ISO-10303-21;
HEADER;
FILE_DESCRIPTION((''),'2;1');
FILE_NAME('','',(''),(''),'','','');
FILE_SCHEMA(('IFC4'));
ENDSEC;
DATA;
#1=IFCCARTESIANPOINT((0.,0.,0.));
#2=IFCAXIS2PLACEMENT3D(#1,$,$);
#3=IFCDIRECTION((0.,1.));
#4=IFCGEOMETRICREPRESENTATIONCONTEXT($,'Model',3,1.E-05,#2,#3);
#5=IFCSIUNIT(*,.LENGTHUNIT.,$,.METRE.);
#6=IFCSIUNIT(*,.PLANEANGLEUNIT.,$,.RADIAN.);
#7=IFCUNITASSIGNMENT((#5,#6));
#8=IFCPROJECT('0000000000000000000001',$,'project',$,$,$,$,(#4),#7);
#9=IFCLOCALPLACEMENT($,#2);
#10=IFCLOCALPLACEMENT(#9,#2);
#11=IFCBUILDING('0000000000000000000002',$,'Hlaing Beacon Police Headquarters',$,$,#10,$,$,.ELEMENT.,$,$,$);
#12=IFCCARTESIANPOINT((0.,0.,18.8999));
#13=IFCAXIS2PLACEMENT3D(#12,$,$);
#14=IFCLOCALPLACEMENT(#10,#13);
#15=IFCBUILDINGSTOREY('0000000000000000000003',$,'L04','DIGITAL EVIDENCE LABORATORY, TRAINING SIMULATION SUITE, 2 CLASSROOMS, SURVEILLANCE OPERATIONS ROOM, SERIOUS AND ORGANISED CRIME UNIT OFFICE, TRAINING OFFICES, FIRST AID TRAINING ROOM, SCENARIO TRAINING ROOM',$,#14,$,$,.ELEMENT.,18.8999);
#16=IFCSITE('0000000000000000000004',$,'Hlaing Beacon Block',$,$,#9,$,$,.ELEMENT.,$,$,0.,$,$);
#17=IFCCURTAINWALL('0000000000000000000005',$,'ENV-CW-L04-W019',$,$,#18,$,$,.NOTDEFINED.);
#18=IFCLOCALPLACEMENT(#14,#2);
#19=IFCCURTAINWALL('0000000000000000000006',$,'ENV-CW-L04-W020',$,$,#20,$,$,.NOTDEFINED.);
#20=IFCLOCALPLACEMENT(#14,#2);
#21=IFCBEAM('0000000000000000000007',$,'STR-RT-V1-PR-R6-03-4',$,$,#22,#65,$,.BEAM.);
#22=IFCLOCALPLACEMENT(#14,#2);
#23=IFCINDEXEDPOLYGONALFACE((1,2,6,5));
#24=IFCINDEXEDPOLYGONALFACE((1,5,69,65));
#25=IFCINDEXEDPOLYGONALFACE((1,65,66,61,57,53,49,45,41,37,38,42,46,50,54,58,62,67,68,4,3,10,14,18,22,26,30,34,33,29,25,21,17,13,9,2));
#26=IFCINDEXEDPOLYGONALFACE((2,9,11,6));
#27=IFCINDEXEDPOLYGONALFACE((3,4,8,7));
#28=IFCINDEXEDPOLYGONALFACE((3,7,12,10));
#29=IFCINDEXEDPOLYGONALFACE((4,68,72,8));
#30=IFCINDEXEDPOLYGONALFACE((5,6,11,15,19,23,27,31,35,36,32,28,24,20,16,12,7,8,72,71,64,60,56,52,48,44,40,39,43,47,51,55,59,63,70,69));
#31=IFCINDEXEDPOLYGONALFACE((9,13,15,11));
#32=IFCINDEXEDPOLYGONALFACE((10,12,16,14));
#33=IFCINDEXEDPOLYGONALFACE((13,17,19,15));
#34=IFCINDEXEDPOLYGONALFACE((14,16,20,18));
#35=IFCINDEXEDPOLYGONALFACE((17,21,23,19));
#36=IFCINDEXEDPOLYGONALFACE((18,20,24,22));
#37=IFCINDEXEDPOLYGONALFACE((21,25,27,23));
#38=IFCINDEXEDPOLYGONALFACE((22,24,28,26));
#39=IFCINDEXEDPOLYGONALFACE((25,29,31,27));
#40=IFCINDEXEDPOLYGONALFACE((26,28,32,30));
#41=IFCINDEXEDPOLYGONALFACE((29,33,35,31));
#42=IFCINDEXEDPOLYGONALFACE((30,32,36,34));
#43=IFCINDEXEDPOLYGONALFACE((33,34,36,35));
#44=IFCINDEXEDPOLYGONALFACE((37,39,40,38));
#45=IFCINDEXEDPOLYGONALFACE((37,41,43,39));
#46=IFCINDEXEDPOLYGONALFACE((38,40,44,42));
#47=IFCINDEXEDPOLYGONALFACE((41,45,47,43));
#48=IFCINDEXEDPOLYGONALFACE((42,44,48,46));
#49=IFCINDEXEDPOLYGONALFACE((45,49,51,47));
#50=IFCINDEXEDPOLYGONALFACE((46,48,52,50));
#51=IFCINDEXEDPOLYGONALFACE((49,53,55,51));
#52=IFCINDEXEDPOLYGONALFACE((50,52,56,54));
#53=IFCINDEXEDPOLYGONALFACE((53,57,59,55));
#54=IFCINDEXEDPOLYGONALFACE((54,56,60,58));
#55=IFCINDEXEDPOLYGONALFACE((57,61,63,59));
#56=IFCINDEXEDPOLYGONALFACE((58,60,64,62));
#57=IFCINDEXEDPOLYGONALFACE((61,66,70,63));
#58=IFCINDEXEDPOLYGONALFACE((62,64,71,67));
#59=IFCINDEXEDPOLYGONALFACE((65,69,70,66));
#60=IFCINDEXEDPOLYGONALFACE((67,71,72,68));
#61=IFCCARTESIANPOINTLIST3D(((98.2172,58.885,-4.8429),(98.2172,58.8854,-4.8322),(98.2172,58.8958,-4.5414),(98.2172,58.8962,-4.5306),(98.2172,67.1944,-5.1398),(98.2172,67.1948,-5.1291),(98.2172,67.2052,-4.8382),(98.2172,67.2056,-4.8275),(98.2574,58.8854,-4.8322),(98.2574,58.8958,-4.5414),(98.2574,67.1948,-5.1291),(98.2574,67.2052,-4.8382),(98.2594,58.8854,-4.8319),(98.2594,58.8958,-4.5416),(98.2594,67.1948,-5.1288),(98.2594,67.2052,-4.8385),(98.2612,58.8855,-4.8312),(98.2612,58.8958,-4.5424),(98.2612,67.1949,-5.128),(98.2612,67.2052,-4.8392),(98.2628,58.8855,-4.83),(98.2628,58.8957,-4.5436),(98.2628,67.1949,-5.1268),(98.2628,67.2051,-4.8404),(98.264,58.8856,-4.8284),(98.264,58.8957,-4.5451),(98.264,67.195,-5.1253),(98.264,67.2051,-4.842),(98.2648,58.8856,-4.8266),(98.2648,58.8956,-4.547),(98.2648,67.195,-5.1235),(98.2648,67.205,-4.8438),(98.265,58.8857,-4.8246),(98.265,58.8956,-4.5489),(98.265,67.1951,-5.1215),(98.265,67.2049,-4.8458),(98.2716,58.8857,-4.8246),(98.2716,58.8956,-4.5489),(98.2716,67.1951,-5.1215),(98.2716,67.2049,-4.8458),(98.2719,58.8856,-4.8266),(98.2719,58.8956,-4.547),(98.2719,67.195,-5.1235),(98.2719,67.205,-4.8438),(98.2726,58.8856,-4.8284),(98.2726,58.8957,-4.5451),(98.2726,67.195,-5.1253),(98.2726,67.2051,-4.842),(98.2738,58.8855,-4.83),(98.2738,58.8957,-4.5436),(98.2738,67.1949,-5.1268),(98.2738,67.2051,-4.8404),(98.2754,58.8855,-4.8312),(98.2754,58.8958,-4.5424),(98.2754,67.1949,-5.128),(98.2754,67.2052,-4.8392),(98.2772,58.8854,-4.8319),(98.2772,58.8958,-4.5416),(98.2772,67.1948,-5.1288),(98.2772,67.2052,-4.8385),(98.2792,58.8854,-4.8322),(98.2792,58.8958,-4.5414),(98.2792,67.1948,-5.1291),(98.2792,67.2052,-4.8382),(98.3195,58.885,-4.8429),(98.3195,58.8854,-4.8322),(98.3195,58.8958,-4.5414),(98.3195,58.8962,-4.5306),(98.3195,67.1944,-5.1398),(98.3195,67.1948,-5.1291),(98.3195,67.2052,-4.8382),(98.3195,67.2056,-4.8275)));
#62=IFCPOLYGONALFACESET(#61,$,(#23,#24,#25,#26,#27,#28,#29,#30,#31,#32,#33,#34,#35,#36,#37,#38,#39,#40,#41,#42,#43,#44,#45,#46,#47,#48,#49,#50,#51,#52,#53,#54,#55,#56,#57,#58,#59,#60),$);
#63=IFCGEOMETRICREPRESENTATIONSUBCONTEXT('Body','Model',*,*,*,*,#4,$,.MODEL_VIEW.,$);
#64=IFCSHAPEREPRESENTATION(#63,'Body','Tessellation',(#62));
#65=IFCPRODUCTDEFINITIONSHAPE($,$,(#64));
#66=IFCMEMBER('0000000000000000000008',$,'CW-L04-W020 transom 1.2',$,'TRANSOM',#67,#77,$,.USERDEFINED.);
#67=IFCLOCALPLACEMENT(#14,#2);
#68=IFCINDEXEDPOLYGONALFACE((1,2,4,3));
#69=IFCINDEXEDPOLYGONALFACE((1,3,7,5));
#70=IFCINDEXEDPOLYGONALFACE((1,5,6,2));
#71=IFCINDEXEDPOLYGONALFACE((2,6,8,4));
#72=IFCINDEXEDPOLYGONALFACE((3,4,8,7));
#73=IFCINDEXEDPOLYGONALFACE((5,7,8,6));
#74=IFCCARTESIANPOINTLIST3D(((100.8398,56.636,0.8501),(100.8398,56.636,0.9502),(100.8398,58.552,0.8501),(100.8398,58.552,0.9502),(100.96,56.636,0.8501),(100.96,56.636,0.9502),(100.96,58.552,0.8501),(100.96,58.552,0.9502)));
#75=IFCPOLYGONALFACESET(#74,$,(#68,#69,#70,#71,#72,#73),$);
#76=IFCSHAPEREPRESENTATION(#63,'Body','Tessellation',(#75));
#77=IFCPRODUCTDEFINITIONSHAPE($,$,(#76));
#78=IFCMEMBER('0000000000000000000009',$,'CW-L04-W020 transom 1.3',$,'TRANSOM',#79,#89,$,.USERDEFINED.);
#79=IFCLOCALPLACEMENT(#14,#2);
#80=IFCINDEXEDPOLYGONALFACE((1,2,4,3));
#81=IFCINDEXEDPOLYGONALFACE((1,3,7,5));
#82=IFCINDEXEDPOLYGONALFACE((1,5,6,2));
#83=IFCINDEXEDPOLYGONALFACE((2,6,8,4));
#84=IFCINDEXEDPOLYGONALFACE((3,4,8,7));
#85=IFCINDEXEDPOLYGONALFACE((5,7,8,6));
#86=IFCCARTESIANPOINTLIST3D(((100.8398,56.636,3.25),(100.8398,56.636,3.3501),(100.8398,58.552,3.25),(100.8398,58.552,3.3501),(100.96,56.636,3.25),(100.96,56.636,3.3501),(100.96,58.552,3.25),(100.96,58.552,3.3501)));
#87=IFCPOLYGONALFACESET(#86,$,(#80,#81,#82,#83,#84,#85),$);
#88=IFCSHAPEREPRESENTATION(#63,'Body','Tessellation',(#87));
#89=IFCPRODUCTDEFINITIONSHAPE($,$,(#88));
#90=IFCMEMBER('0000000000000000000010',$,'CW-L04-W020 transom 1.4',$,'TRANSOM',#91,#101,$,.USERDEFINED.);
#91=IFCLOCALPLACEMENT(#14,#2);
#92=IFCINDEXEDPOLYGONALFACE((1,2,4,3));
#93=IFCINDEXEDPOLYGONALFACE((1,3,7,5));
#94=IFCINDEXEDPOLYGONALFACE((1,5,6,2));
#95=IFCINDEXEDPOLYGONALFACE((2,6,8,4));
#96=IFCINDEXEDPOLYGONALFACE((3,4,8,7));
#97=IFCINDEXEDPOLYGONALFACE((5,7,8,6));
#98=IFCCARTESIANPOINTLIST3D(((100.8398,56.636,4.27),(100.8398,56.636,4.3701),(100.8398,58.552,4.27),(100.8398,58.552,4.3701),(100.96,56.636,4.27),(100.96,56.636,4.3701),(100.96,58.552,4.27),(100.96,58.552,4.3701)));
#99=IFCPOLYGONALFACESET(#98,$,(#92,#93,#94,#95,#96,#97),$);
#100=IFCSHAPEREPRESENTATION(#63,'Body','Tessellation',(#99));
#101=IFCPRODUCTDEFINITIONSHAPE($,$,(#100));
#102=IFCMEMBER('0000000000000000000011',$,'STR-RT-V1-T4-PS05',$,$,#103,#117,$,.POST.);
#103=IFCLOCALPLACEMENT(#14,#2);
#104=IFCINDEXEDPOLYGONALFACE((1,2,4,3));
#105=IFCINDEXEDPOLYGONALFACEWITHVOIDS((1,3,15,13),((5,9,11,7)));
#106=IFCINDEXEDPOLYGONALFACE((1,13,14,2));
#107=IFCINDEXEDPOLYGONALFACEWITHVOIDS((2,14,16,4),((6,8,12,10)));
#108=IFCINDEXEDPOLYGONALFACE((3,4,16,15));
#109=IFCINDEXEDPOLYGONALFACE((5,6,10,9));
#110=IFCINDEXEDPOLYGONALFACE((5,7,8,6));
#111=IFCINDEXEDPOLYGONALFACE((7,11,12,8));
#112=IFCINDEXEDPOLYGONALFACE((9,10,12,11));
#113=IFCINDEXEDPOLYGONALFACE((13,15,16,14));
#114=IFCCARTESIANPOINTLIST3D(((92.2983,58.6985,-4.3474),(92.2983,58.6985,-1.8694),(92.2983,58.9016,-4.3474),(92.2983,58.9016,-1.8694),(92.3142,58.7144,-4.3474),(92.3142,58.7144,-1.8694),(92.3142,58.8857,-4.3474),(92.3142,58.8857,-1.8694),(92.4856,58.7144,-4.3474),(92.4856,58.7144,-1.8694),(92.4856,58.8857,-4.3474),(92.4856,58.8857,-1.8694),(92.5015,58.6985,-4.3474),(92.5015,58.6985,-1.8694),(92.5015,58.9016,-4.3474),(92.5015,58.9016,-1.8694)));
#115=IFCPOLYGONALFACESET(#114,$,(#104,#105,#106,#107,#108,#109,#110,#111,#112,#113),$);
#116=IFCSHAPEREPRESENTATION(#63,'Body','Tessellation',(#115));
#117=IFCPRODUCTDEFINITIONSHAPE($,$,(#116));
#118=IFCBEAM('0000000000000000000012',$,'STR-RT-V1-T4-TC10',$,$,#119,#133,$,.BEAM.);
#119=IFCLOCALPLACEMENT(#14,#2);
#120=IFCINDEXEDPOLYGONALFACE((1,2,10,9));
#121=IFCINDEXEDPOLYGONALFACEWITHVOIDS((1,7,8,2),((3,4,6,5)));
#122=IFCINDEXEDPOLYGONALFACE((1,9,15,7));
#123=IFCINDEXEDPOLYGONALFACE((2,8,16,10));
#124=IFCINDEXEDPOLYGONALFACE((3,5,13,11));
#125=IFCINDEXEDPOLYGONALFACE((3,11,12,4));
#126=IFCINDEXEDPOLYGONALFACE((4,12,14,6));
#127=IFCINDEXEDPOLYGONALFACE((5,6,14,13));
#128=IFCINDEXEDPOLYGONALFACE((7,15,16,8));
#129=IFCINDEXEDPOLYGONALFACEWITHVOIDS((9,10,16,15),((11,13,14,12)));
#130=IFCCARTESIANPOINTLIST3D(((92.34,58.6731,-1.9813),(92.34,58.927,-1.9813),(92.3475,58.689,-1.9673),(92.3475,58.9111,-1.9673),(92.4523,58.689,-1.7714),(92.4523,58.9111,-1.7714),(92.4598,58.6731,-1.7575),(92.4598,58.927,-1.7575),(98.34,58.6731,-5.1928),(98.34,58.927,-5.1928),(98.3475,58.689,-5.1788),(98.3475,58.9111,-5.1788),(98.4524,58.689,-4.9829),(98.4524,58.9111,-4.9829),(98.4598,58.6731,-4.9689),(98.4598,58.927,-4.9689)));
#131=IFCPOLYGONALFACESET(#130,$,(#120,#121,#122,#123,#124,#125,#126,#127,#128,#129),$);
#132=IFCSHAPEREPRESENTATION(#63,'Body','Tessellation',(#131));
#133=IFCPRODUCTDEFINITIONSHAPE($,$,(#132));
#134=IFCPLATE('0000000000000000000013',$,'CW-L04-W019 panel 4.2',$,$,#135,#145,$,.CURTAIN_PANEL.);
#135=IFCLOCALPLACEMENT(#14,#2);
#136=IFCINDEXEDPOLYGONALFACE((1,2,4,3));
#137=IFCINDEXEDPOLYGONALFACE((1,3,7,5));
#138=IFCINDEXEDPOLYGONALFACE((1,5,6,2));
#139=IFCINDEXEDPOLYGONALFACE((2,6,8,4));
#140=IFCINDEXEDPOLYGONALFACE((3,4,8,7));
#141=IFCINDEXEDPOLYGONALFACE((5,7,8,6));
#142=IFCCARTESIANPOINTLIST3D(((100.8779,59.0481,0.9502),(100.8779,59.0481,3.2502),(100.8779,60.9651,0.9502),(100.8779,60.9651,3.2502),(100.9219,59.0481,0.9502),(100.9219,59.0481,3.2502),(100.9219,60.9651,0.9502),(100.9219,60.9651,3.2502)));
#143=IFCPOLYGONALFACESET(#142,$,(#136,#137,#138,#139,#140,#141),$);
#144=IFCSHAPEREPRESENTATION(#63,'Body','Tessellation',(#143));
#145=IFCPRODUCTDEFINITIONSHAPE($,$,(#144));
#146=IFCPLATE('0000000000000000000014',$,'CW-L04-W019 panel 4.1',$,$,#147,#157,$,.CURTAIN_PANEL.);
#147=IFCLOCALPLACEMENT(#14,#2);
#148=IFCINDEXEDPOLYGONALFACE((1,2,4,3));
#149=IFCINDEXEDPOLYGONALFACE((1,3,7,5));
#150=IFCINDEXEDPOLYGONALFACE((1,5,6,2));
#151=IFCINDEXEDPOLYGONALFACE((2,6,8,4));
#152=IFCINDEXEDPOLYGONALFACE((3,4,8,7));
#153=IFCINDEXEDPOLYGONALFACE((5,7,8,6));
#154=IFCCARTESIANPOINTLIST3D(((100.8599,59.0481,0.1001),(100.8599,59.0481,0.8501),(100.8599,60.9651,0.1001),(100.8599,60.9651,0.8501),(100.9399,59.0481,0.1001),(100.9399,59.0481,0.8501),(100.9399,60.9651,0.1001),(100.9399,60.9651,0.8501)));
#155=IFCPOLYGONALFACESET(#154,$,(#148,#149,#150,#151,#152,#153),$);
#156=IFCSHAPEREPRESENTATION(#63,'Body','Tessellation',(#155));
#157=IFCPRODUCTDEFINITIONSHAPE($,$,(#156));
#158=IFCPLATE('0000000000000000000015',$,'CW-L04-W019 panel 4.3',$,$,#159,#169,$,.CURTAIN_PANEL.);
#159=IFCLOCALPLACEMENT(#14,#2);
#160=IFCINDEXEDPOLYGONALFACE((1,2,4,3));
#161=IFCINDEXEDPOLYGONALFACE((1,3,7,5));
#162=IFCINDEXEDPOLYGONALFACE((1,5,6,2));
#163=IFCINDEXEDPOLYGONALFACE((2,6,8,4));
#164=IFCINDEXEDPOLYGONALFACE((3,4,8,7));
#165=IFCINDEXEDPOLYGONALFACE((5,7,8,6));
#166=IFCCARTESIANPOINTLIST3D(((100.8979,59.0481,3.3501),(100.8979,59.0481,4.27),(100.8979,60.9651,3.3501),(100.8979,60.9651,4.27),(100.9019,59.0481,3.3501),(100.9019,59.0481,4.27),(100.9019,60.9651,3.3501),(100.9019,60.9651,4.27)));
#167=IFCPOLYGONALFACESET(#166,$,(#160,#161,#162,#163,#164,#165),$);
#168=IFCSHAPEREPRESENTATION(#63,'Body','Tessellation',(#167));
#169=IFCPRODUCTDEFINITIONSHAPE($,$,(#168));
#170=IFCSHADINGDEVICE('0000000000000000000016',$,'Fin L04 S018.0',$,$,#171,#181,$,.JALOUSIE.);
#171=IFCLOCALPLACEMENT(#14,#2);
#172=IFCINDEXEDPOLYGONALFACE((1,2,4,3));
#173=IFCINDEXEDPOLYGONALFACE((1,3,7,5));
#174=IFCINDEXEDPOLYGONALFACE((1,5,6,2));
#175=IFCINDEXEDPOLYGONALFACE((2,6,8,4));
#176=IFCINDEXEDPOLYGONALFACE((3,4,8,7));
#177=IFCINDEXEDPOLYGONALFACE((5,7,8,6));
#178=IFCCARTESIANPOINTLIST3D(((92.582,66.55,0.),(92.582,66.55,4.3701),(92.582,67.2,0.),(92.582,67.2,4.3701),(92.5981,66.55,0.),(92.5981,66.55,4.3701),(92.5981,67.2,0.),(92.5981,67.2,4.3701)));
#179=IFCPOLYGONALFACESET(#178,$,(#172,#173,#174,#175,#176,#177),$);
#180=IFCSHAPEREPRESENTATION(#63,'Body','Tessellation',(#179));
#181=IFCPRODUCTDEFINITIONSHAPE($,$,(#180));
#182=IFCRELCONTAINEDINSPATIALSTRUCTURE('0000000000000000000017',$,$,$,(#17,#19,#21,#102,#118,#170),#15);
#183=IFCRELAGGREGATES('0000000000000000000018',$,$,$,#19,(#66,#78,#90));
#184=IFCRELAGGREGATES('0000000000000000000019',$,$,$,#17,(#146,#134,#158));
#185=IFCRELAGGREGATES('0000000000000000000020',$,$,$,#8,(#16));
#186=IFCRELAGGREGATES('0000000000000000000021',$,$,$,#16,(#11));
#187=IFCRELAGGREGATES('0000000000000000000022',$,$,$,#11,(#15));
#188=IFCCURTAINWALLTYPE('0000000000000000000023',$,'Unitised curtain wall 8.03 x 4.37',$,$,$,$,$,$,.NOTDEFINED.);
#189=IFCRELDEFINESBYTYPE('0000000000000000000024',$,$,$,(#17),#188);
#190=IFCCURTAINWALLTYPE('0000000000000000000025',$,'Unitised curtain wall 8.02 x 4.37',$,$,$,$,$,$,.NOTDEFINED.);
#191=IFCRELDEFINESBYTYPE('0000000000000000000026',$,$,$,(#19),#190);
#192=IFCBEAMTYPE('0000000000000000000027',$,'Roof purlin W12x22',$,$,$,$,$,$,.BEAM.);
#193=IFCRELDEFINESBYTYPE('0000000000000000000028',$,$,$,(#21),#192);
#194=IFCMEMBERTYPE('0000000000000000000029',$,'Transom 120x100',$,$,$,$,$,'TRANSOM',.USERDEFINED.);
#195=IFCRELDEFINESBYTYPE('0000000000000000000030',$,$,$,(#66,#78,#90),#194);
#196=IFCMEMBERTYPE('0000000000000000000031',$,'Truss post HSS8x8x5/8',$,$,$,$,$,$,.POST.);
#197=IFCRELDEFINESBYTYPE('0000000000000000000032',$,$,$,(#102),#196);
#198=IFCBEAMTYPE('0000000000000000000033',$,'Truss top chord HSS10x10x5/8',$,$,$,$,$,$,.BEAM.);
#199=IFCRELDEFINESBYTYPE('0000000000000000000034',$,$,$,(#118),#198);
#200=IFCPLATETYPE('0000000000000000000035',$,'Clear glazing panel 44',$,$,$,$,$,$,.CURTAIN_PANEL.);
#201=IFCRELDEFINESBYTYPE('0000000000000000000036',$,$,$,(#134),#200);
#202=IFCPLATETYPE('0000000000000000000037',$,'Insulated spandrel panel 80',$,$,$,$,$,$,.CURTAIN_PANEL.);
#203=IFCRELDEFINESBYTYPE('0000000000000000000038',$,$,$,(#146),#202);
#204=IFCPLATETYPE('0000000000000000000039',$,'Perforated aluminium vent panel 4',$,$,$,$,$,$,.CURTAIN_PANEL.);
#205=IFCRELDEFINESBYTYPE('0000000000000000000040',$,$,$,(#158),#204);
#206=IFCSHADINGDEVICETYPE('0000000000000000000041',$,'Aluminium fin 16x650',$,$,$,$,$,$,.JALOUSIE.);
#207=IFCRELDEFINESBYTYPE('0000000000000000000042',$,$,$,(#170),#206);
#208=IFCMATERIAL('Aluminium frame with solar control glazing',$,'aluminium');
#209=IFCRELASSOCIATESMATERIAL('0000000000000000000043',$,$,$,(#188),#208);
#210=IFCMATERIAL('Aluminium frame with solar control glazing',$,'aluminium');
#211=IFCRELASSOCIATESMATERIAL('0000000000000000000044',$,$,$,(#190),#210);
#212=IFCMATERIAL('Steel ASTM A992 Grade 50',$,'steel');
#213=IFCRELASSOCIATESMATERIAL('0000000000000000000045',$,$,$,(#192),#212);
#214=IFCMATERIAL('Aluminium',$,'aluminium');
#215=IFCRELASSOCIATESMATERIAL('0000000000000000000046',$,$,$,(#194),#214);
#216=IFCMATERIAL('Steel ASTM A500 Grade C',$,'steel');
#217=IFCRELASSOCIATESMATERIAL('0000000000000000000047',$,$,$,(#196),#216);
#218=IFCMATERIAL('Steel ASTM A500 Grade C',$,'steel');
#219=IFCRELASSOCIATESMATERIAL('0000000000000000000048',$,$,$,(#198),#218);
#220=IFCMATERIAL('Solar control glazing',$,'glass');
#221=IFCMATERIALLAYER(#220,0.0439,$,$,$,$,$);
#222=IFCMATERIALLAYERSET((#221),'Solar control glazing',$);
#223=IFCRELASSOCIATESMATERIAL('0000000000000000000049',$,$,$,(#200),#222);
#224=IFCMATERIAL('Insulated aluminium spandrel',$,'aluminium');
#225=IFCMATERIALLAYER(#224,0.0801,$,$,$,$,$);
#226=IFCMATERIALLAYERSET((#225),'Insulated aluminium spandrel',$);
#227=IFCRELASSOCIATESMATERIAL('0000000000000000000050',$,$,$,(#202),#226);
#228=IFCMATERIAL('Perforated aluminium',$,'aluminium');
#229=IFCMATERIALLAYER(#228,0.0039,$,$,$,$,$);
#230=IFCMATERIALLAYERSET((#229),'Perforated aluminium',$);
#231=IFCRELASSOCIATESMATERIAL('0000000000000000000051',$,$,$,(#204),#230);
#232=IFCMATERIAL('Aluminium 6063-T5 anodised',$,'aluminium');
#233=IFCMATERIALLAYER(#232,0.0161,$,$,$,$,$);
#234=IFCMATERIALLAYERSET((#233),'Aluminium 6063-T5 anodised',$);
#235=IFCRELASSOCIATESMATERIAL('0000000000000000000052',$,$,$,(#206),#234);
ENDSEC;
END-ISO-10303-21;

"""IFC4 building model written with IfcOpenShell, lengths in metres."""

from ifc_helpers import new_model, si_unit, direction, frame, origin, origin_2d, place, context, subcontext, project, spatial, rectangle, hollow_rectangle, i_section, extrude, material, layer, layer_set, material_profile, profile_set, type_object, element, aggregate, save


model = new_model("IFC4")

# Units and contexts
model_context = context("Model", 3, precision=1e-05, world=origin(), true_north=direction((0.0, 1.0)))
body_context = subcontext(model_context, "Body", "Model", "MODEL_VIEW")
ifc_project = project(units=[si_unit("LENGTHUNIT", "METRE"), si_unit("PLANEANGLEUNIT", "RADIAN")], contexts=[model_context])

# Site, building, storey
site_placement = place(None, origin())
site = spatial("IfcSite", under=ifc_project, at=site_placement, Name="Hlaing Beacon Block", CompositionType="ELEMENT", RefElevation=0.0)
building_placement = place(site_placement, origin())
building = spatial("IfcBuilding", under=site, at=building_placement, Name="Hlaing Beacon Police Headquarters", CompositionType="ELEMENT")
storey_placement = place(building_placement, frame((0.0, 0.0, 18.8999)))
storey = spatial("IfcBuildingStorey", under=building, at=storey_placement, Name="L04", Description="DIGITAL EVIDENCE LABORATORY, TRAINING SIMULATION SUITE, 2 CLASSROOMS, SURVEILLANCE OPERATIONS ROOM, SERIOUS AND ORGANISED CRIME UNIT OFFICE, TRAINING OFFICES, FIRST AID TRAINING ROOM, SCENARIO TRAINING ROOM", CompositionType="ELEMENT", Elevation=18.8999)

# Curtain walls
ifc_material_1 = material(Name="Aluminium frame with solar control glazing", Category="aluminium")
curtain_wall_type_1 = type_object("IfcCurtainWallType", Name="Unitised curtain wall 8.03 x 4.37", PredefinedType="NOTDEFINED", material=ifc_material_1)
curtain_wall_1_placement = place(storey_placement, origin())
curtain_wall_1 = element("IfcCurtainWall", 1, at=curtain_wall_1_placement, inside=storey, type_object=curtain_wall_type_1, Name="ENV-CW-L04-W019", PredefinedType="NOTDEFINED")
ifc_material_2 = material(Name="Aluminium frame with solar control glazing", Category="aluminium")
curtain_wall_type_2 = type_object("IfcCurtainWallType", Name="Unitised curtain wall 8.02 x 4.37", PredefinedType="NOTDEFINED", material=ifc_material_2)
curtain_wall_2_placement = place(storey_placement, origin())
curtain_wall_2 = element("IfcCurtainWall", 2, at=curtain_wall_2_placement, inside=storey, type_object=curtain_wall_type_2, Name="ENV-CW-L04-W020", PredefinedType="NOTDEFINED")

# Beam
ifc_material_3 = material(Name="Steel ASTM A992 Grade 50", Category="steel")
ifc_material_profile_1 = material_profile(ifc_material_3, i_section(OverallWidth=0.1023, OverallDepth=0.3125, WebThickness=0.0066, FlangeThickness=0.0107, FilletRadius=0.0076, at=origin_2d()), Name="W12x22")
ifc_profile_set_1 = profile_set([ifc_material_profile_1], Name="Steel ASTM A992 Grade 50")
beam_type_1 = type_object("IfcBeamType", Name="Roof purlin W12x22", PredefinedType="BEAM", material=ifc_profile_set_1)
for number, where, z_axis, x_axis, name in (
    (3, (98.2683, 58.8906, -4.6868), (0.0, 0.999362, -0.035705), (-1.0, 0.0, 0.0), "STR-RT-V1-PR-R6-03-4"),
):
    element("IfcBeam", number, at=place(storey_placement, frame(where, z_axis=z_axis, x_axis=x_axis)), inside=storey, type_object=beam_type_1, Name=name, PredefinedType="BEAM", context=body_context, shape_type="SweptSolid", body=[
        extrude(i_section(OverallWidth=0.1023, OverallDepth=0.3125, WebThickness=0.0066, FlangeThickness=0.0107, FilletRadius=0.0076, at=origin_2d()), origin(), (0.0, 0.0, 1.0), 8.3147),
    ])

# Members
ifc_material_4 = material(Name="Aluminium", Category="aluminium")
ifc_material_profile_2 = material_profile(ifc_material_4, rectangle(XDim=0.1201, YDim=0.1001, at=origin_2d()), Name="Transom 120x100")
ifc_profile_set_2 = profile_set([ifc_material_profile_2], Name="Aluminium")
member_type_1 = type_object("IfcMemberType", Name="Transom 120x100", ElementType="TRANSOM", PredefinedType="USERDEFINED", material=ifc_profile_set_2)
member_1_placement = place(storey_placement, frame((100.8999, 58.552, 0.9001), z_axis=(0.0, -1.0, 0.0), x_axis=(1.0, 0.0, 0.0)))
member_1 = element("IfcMember", 4, at=member_1_placement, type_object=member_type_1, Name="CW-L04-W020 transom 1.2", ObjectType="TRANSOM", PredefinedType="USERDEFINED", context=body_context, shape_type="SweptSolid", body=[
    extrude(rectangle(XDim=0.1201, YDim=0.1001, at=origin_2d()), origin(), (0.0, 0.0, 1.0), 1.916),
])
member_2_placement = place(storey_placement, frame((100.8999, 58.552, 3.3), z_axis=(0.0, -1.0, 0.0), x_axis=(1.0, 0.0, 0.0)))
member_2 = element("IfcMember", 5, at=member_2_placement, type_object=member_type_1, Name="CW-L04-W020 transom 1.3", ObjectType="TRANSOM", PredefinedType="USERDEFINED", context=body_context, shape_type="SweptSolid", body=[
    extrude(rectangle(XDim=0.1201, YDim=0.1001, at=origin_2d()), origin(), (0.0, 0.0, 1.0), 1.916),
])
member_3_placement = place(storey_placement, frame((100.8999, 58.552, 4.3201), z_axis=(0.0, -1.0, 0.0), x_axis=(1.0, 0.0, 0.0)))
member_3 = element("IfcMember", 6, at=member_3_placement, type_object=member_type_1, Name="CW-L04-W020 transom 1.4", ObjectType="TRANSOM", PredefinedType="USERDEFINED", context=body_context, shape_type="SweptSolid", body=[
    extrude(rectangle(XDim=0.1201, YDim=0.1001, at=origin_2d()), origin(), (0.0, 0.0, 1.0), 1.916),
])
aggregate(curtain_wall_2, [member_1, member_2, member_3])
ifc_material_5 = material(Name="Steel ASTM A500 Grade C", Category="steel")
ifc_material_profile_3 = material_profile(ifc_material_5, hollow_rectangle(XDim=0.2031, YDim=0.2031, WallThickness=0.0159, at=origin_2d()), Name="HSS8x8x5/8")
ifc_profile_set_3 = profile_set([ifc_material_profile_3], Name="Steel ASTM A500 Grade C")
member_type_2 = type_object("IfcMemberType", Name="Truss post HSS8x8x5/8", PredefinedType="POST", material=ifc_profile_set_3)
member_4_placement = place(storey_placement, frame((92.3999, 58.8, -4.3474), z_axis=(0.0, 0.0, 1.0), x_axis=(1.0, 0.0, 0.0)))
element("IfcMember", 7, at=member_4_placement, inside=storey, type_object=member_type_2, Name="STR-RT-V1-T4-PS05", PredefinedType="POST", context=body_context, shape_type="SweptSolid", body=[
    extrude(hollow_rectangle(XDim=0.2031, YDim=0.2031, WallThickness=0.0159, at=origin_2d()), origin(), (0.0, 0.0, 1.0), 2.478),
])

# Beam
ifc_material_6 = material(Name="Steel ASTM A500 Grade C", Category="steel")
ifc_material_profile_4 = material_profile(ifc_material_6, hollow_rectangle(XDim=0.2539, YDim=0.2539, WallThickness=0.0159, at=origin_2d()), Name="HSS10x10x5/8")
ifc_profile_set_4 = profile_set([ifc_material_profile_4], Name="Steel ASTM A500 Grade C")
beam_type_2 = type_object("IfcBeamType", Name="Truss top chord HSS10x10x5/8", PredefinedType="BEAM", material=ifc_profile_set_4)
beam_1_placement = place(storey_placement, frame((92.3999, 58.8, -1.8694), z_axis=(0.881655, 0.0, -0.471895), x_axis=(0.0, 1.0, 0.0)))
element("IfcBeam", 8, at=beam_1_placement, inside=storey, type_object=beam_type_2, Name="STR-RT-V1-T4-TC10", PredefinedType="BEAM", context=body_context, shape_type="SweptSolid", body=[
    extrude(hollow_rectangle(XDim=0.2539, YDim=0.2539, WallThickness=0.0159, at=origin_2d()), origin(), (0.0, 0.0, 1.0), 6.8054),
])

# Plates
ifc_material_7 = material(Name="Solar control glazing", Category="glass")
ifc_layer_1 = layer(ifc_material_7, 0.0439)
ifc_layer_set_1 = layer_set([ifc_layer_1], Name="Solar control glazing")
plate_type_1 = type_object("IfcPlateType", Name="Clear glazing panel 44", PredefinedType="CURTAIN_PANEL", material=ifc_layer_set_1)
plate_1_placement = place(storey_placement, frame((100.8999, 60.0066, 0.9502), z_axis=(0.0, 0.0, 1.0), x_axis=(0.0, -1.0, 0.0)))
plate_1 = element("IfcPlate", 9, at=plate_1_placement, type_object=plate_type_1, Name="CW-L04-W019 panel 4.2", PredefinedType="CURTAIN_PANEL", context=body_context, shape_type="SweptSolid", body=[
    extrude(rectangle(XDim=1.917, YDim=0.0439, at=origin_2d()), origin(), (0.0, 0.0, 1.0), 2.3),
])
ifc_material_8 = material(Name="Insulated aluminium spandrel", Category="aluminium")
ifc_layer_2 = layer(ifc_material_8, 0.0801)
ifc_layer_set_2 = layer_set([ifc_layer_2], Name="Insulated aluminium spandrel")
plate_type_2 = type_object("IfcPlateType", Name="Insulated spandrel panel 80", PredefinedType="CURTAIN_PANEL", material=ifc_layer_set_2)
plate_2_placement = place(storey_placement, frame((100.8999, 60.0066, 0.1001), z_axis=(0.0, 0.0, 1.0), x_axis=(0.0, -1.0, 0.0)))
plate_2 = element("IfcPlate", 10, at=plate_2_placement, type_object=plate_type_2, Name="CW-L04-W019 panel 4.1", PredefinedType="CURTAIN_PANEL", context=body_context, shape_type="SweptSolid", body=[
    extrude(rectangle(XDim=1.917, YDim=0.0801, at=origin_2d()), origin(), (0.0, 0.0, 1.0), 0.75),
])
ifc_material_9 = material(Name="Perforated aluminium", Category="aluminium")
ifc_layer_3 = layer(ifc_material_9, 0.0039)
ifc_layer_set_3 = layer_set([ifc_layer_3], Name="Perforated aluminium")
plate_type_3 = type_object("IfcPlateType", Name="Perforated aluminium vent panel 4", PredefinedType="CURTAIN_PANEL", material=ifc_layer_set_3)
plate_3_placement = place(storey_placement, frame((100.8999, 60.0066, 3.3501), z_axis=(0.0, 0.0, 1.0), x_axis=(0.0, -1.0, 0.0)))
plate_3 = element("IfcPlate", 11, at=plate_3_placement, type_object=plate_type_3, Name="CW-L04-W019 panel 4.3", PredefinedType="CURTAIN_PANEL", context=body_context, shape_type="SweptSolid", body=[
    extrude(rectangle(XDim=1.917, YDim=0.0039, at=origin_2d()), origin(), (0.0, 0.0, 1.0), 0.9199),
])
aggregate(curtain_wall_1, [plate_2, plate_1, plate_3])

# Shading device
ifc_material_10 = material(Name="Aluminium 6063-T5 anodised", Category="aluminium")
ifc_layer_4 = layer(ifc_material_10, 0.0161)
ifc_layer_set_4 = layer_set([ifc_layer_4], Name="Aluminium 6063-T5 anodised")
shading_device_type_1 = type_object("IfcShadingDeviceType", Name="Aluminium fin 16x650", PredefinedType="JALOUSIE", material=ifc_layer_set_4)
for number, where, z_axis, x_axis, name in (
    (12, (92.5901, 66.875, 0.0), (0.0, 0.0, 1.0), (1.0, 0.0, 0.0), "Fin L04 S018.0"),
):
    element("IfcShadingDevice", number, at=place(storey_placement, frame(where, z_axis=z_axis, x_axis=x_axis)), inside=storey, type_object=shading_device_type_1, Name=name, PredefinedType="JALOUSIE", context=body_context, shape_type="SweptSolid", body=[
        extrude(rectangle(XDim=0.0161, YDim=0.6499, at=origin_2d()), origin(), (0.0, 0.0, 1.0), 4.3701),
    ])

save(model, "model.ifc")
